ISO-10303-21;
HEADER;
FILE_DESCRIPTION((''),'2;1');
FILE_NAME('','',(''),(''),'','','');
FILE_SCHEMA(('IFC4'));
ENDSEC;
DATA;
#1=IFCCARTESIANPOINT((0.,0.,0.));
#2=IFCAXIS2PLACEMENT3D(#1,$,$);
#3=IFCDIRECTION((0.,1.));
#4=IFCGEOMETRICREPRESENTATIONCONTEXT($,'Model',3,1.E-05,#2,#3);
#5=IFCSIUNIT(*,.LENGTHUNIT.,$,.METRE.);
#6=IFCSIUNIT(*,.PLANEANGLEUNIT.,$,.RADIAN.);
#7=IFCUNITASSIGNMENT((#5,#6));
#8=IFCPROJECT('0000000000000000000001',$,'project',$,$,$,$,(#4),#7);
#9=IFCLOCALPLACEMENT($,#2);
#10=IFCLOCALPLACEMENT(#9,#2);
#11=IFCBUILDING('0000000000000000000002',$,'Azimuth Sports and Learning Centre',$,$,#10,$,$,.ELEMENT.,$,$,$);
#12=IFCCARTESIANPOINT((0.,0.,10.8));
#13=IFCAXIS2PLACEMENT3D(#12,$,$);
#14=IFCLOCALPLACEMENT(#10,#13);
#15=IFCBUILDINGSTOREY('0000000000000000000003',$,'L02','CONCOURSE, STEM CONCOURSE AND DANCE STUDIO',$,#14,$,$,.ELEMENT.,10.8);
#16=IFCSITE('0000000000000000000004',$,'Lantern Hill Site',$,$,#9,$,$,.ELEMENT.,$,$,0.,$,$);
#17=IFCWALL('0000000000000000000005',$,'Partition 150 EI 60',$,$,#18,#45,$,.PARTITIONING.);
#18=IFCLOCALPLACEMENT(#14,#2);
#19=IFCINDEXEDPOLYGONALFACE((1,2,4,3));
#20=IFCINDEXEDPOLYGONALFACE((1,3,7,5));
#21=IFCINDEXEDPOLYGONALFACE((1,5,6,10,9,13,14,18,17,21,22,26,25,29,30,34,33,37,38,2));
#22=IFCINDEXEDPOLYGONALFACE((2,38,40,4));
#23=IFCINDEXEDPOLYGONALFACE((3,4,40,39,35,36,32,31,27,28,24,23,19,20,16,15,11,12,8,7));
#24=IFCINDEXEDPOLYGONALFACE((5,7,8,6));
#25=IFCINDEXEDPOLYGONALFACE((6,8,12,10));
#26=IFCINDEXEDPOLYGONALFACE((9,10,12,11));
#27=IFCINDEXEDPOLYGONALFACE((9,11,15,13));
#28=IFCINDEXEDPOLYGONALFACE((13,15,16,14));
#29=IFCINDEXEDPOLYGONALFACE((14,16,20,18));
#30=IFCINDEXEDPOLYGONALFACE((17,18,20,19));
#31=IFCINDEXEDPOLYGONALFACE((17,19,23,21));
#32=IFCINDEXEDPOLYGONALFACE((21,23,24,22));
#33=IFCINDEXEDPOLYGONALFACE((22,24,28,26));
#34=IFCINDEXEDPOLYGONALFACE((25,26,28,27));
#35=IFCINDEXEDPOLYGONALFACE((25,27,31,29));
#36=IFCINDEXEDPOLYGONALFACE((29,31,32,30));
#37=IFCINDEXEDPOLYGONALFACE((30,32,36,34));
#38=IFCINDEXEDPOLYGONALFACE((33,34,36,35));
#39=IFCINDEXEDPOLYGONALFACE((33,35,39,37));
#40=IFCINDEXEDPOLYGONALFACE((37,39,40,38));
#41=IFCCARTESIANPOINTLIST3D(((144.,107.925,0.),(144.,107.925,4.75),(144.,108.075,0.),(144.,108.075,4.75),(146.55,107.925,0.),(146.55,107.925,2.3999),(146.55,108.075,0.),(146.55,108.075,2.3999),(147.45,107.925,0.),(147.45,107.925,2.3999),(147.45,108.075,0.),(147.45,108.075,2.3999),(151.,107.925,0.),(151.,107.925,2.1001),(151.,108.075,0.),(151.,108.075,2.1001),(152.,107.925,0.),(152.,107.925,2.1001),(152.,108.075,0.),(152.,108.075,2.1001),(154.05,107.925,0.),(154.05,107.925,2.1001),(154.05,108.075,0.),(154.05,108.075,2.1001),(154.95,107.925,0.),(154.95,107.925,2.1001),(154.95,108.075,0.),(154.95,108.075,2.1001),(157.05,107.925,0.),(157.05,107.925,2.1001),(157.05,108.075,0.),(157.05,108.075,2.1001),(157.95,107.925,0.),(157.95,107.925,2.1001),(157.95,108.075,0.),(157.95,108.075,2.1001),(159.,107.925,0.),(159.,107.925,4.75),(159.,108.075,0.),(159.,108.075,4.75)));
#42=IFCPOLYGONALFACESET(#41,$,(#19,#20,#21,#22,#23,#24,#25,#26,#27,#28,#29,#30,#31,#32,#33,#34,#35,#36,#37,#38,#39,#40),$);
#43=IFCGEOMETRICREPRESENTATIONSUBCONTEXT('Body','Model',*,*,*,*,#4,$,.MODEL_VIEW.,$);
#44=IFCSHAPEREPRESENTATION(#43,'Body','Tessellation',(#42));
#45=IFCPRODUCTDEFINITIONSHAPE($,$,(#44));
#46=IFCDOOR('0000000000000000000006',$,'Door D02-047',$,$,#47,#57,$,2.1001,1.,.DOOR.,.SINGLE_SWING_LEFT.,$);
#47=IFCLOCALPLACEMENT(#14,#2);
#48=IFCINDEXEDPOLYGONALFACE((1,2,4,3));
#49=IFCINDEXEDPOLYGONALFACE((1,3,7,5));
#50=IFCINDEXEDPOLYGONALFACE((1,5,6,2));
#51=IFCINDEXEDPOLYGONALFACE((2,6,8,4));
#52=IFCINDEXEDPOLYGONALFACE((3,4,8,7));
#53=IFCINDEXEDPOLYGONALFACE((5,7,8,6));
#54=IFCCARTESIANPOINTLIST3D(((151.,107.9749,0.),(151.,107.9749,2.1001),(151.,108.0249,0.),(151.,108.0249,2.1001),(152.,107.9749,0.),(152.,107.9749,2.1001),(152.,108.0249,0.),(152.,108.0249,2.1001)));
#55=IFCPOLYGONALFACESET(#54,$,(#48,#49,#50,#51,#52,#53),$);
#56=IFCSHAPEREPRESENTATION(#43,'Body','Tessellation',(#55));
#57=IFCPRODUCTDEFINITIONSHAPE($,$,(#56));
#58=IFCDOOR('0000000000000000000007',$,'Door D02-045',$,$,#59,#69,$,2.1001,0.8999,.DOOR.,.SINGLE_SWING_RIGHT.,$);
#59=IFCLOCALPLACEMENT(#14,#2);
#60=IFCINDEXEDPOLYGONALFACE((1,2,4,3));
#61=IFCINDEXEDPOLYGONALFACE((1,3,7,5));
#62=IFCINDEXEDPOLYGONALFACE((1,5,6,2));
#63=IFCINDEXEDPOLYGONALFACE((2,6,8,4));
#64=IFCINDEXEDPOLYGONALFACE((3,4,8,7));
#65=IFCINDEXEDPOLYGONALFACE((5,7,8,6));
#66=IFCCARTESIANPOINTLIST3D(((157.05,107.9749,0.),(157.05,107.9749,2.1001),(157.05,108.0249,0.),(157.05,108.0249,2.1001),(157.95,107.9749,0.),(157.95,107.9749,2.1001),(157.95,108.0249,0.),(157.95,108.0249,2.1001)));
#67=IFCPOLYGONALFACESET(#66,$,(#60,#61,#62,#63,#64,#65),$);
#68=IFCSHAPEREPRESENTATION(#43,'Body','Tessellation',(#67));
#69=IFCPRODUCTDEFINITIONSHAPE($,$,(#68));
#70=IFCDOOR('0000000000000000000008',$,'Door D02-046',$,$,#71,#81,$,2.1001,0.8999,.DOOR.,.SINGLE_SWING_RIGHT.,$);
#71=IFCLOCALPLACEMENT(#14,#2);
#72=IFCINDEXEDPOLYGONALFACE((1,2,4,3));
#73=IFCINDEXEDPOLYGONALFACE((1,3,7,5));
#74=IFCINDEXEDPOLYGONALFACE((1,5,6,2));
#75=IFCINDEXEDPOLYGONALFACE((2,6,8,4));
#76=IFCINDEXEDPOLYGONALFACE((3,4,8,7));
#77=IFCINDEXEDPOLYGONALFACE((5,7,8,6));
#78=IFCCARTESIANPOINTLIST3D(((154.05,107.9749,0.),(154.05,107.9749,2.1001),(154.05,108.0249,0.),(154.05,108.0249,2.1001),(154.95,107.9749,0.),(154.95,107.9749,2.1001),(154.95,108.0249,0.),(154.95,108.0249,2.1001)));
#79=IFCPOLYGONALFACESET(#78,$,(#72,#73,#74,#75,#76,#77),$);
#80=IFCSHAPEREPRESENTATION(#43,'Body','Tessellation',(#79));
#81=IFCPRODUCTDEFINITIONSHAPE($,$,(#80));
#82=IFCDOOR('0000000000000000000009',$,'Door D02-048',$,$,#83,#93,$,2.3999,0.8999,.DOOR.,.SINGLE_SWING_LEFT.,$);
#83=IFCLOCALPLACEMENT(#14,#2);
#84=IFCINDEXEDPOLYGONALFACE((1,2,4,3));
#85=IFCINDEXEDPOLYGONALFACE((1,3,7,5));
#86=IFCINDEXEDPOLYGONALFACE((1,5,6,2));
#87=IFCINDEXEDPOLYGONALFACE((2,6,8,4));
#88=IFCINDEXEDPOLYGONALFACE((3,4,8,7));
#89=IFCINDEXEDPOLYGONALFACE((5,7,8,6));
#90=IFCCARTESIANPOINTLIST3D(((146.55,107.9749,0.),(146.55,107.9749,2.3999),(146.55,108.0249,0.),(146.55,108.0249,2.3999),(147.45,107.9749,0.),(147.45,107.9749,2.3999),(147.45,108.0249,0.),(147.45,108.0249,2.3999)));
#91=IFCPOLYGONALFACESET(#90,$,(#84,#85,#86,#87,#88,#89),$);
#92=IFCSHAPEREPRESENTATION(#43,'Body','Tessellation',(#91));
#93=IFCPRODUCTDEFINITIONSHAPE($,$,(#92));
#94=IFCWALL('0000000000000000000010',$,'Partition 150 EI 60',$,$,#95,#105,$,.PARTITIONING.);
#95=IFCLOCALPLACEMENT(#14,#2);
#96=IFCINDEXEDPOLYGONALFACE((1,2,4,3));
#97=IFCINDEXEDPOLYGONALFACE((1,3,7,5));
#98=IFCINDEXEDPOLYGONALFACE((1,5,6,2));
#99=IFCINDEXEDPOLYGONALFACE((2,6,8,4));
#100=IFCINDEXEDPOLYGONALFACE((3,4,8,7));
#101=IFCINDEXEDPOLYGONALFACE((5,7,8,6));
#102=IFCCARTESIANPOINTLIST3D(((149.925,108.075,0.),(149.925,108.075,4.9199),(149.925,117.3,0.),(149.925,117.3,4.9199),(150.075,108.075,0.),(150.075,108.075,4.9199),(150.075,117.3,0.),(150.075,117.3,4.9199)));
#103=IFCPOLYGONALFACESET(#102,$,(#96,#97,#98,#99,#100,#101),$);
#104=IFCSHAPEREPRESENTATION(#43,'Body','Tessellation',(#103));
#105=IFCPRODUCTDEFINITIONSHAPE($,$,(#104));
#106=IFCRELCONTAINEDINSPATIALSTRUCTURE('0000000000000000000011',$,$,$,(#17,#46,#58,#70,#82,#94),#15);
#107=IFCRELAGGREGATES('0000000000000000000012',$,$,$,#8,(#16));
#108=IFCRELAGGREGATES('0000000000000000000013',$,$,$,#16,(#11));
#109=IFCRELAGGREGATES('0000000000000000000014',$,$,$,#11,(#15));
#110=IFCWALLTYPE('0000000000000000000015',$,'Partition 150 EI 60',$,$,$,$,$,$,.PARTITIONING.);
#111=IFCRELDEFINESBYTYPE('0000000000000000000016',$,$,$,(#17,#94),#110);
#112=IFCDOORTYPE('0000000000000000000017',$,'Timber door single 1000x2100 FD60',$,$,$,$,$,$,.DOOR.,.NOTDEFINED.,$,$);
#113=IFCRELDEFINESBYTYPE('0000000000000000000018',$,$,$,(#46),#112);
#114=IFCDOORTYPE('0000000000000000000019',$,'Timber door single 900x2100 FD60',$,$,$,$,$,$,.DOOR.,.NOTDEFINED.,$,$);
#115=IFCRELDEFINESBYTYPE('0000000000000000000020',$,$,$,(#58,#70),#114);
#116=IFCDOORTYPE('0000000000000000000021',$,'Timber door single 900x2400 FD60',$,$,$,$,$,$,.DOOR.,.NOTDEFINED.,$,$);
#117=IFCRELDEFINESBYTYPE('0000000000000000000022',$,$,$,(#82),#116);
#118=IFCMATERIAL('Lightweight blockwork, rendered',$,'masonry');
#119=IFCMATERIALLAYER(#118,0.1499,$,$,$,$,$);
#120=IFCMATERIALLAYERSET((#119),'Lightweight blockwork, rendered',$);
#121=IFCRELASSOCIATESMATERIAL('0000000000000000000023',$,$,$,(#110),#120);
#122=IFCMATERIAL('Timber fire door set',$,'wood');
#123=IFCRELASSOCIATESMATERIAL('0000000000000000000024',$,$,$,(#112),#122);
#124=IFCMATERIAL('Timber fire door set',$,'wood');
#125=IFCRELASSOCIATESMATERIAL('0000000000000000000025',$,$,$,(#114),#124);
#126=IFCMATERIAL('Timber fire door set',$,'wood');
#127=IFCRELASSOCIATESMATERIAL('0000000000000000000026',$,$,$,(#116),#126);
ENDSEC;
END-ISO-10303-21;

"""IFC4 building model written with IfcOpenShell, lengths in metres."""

from ifc_helpers import new_model, si_unit, direction, frame, frame_2d, origin, place, context, subcontext, project, spatial, rectangle, extrude, material, layer, layer_set, type_object, element, fill, save


model = new_model("IFC4")

# Units and contexts
model_context = context("Model", 3, precision=1e-05, world=origin(), true_north=direction((0.0, 1.0)))
body_context = subcontext(model_context, "Body", "Model", "MODEL_VIEW")
ifc_project = project(units=[si_unit("LENGTHUNIT", "METRE"), si_unit("PLANEANGLEUNIT", "RADIAN")], contexts=[model_context])

# Site, building, storey
site_placement = place(None, origin())
site = spatial("IfcSite", under=ifc_project, at=site_placement, Name="Lantern Hill Site", CompositionType="ELEMENT", RefElevation=0.0)
building_placement = place(site_placement, origin())
building = spatial("IfcBuilding", under=site, at=building_placement, Name="Azimuth Sports and Learning Centre", CompositionType="ELEMENT")
storey_placement = place(building_placement, frame((0.0, 0.0, 10.8)))
storey = spatial("IfcBuildingStorey", under=building, at=storey_placement, Name="L02", Description="CONCOURSE, STEM CONCOURSE AND DANCE STUDIO", CompositionType="ELEMENT", Elevation=10.8)

# Wall, openings, doors
ifc_material_1 = material(Name="Lightweight blockwork, rendered", Category="masonry")
ifc_layer_1 = layer(ifc_material_1, 0.1499)
ifc_layer_set_1 = layer_set([ifc_layer_1], Name="Lightweight blockwork, rendered")
wall_type_1 = type_object("IfcWallType", Name="Partition 150 EI 60", PredefinedType="PARTITIONING", material=ifc_layer_set_1)
wall_1_placement = place(storey_placement, frame((144.0, 108.0, 0.0), z_axis=(0.0, 0.0, 1.0), x_axis=(1.0, 0.0, 0.0)))
wall_1 = element("IfcWall", 1, at=wall_1_placement, inside=storey, type_object=wall_type_1, Name="Partition 150 EI 60", PredefinedType="PARTITIONING", context=body_context, shape_type="SweptSolid", body=[
    extrude(rectangle(XDim=15.0, YDim=0.1499, at=frame_2d((7.5, 0.0))), origin(), (0.0, 0.0, 1.0), 4.75),
])
opening_1_placement = place(wall_1_placement, frame((13.05, 0.0, 0.0)))
opening_1 = element("IfcOpeningElement", 2, at=opening_1_placement, cuts=wall_1, PredefinedType="OPENING", context=body_context, shape_type="SweptSolid", body=[
    extrude(rectangle(XDim=0.8999, YDim=2.1001, at=frame_2d((0.45, 1.05))), frame((0.0, 0.0859, 0.0), z_axis=(0.0, -1.0, 0.0), x_axis=(1.0, 0.0, 0.0)), (0.0, 0.0, 1.0), 0.1719),
])
opening_2_placement = place(wall_1_placement, frame((10.05, 0.0, 0.0)))
opening_2 = element("IfcOpeningElement", 3, at=opening_2_placement, cuts=wall_1, PredefinedType="OPENING", context=body_context, shape_type="SweptSolid", body=[
    extrude(rectangle(XDim=0.8999, YDim=2.1001, at=frame_2d((0.45, 1.05))), frame((0.0, 0.0859, 0.0), z_axis=(0.0, -1.0, 0.0), x_axis=(1.0, 0.0, 0.0)), (0.0, 0.0, 1.0), 0.1719),
])
opening_3_placement = place(wall_1_placement, frame((7.0, 0.0, 0.0)))
opening_3 = element("IfcOpeningElement", 4, at=opening_3_placement, cuts=wall_1, PredefinedType="OPENING", context=body_context, shape_type="SweptSolid", body=[
    extrude(rectangle(XDim=1.0, YDim=2.1001, at=frame_2d((0.5, 1.05))), frame((0.0, 0.0859, 0.0), z_axis=(0.0, -1.0, 0.0), x_axis=(1.0, 0.0, 0.0)), (0.0, 0.0, 1.0), 0.1719),
])
opening_4_placement = place(wall_1_placement, frame((2.55, 0.0, 0.0)))
opening_4 = element("IfcOpeningElement", 5, at=opening_4_placement, cuts=wall_1, PredefinedType="OPENING", context=body_context, shape_type="SweptSolid", body=[
    extrude(rectangle(XDim=0.8999, YDim=2.3999, at=frame_2d((0.45, 1.2))), frame((0.0, 0.0859, 0.0), z_axis=(0.0, -1.0, 0.0), x_axis=(1.0, 0.0, 0.0)), (0.0, 0.0, 1.0), 0.1719),
])
ifc_material_2 = material(Name="Timber fire door set", Category="wood")
door_type_1 = type_object("IfcDoorType", Name="Timber door single 1000x2100 FD60", OperationType="NOTDEFINED", PredefinedType="DOOR", material=ifc_material_2)
door_1_placement = place(opening_3_placement, origin())
door_1 = element("IfcDoor", 6, at=door_1_placement, inside=storey, type_object=door_type_1, Name="Door D02-047", OperationType="SINGLE_SWING_LEFT", OverallHeight=2.1001, OverallWidth=1.0, PredefinedType="DOOR", context=body_context, shape_type="SweptSolid", body=[
    extrude(rectangle(XDim=1.0, YDim=2.1001, at=frame_2d((0.5, 1.05))), frame((0.0, 0.0249, 0.0), z_axis=(0.0, -1.0, 0.0), x_axis=(1.0, 0.0, 0.0)), (0.0, 0.0, 1.0), 0.05),
])
fill(opening_3, door_1)
ifc_material_3 = material(Name="Timber fire door set", Category="wood")
door_type_2 = type_object("IfcDoorType", Name="Timber door single 900x2100 FD60", OperationType="NOTDEFINED", PredefinedType="DOOR", material=ifc_material_3)
door_2_placement = place(opening_1_placement, origin())
door_2 = element("IfcDoor", 7, at=door_2_placement, inside=storey, type_object=door_type_2, Name="Door D02-045", OperationType="SINGLE_SWING_RIGHT", OverallHeight=2.1001, OverallWidth=0.8999, PredefinedType="DOOR", context=body_context, shape_type="SweptSolid", body=[
    extrude(rectangle(XDim=0.8999, YDim=2.1001, at=frame_2d((0.45, 1.05))), frame((0.0, 0.0249, 0.0), z_axis=(0.0, -1.0, 0.0), x_axis=(1.0, 0.0, 0.0)), (0.0, 0.0, 1.0), 0.05),
])
fill(opening_1, door_2)
door_3_placement = place(opening_2_placement, origin())
door_3 = element("IfcDoor", 8, at=door_3_placement, inside=storey, type_object=door_type_2, Name="Door D02-046", OperationType="SINGLE_SWING_RIGHT", OverallHeight=2.1001, OverallWidth=0.8999, PredefinedType="DOOR", context=body_context, shape_type="SweptSolid", body=[
    extrude(rectangle(XDim=0.8999, YDim=2.1001, at=frame_2d((0.45, 1.05))), frame((0.0, 0.0249, 0.0), z_axis=(0.0, -1.0, 0.0), x_axis=(1.0, 0.0, 0.0)), (0.0, 0.0, 1.0), 0.05),
])
fill(opening_2, door_3)
ifc_material_4 = material(Name="Timber fire door set", Category="wood")
door_type_3 = type_object("IfcDoorType", Name="Timber door single 900x2400 FD60", OperationType="NOTDEFINED", PredefinedType="DOOR", material=ifc_material_4)
door_4_placement = place(opening_4_placement, origin())
door_4 = element("IfcDoor", 9, at=door_4_placement, inside=storey, type_object=door_type_3, Name="Door D02-048", OperationType="SINGLE_SWING_LEFT", OverallHeight=2.3999, OverallWidth=0.8999, PredefinedType="DOOR", context=body_context, shape_type="SweptSolid", body=[
    extrude(rectangle(XDim=0.8999, YDim=2.3999, at=frame_2d((0.45, 1.2))), frame((0.0, 0.0249, 0.0), z_axis=(0.0, -1.0, 0.0), x_axis=(1.0, 0.0, 0.0)), (0.0, 0.0, 1.0), 0.05),
])
fill(opening_4, door_4)

# Wall
wall_2_placement = place(storey_placement, frame((150.0, 108.075, 0.0), z_axis=(0.0, 0.0, 1.0), x_axis=(0.0, 1.0, 0.0)))
element("IfcWall", 10, at=wall_2_placement, inside=storey, type_object=wall_type_1, Name="Partition 150 EI 60", PredefinedType="PARTITIONING", context=body_context, shape_type="SweptSolid", body=[
    extrude(rectangle(XDim=9.2251, YDim=0.1499, at=frame_2d((4.6125, 0.0))), origin(), (0.0, 0.0, 1.0), 4.9199),
])

save(model, "model.ifc")
